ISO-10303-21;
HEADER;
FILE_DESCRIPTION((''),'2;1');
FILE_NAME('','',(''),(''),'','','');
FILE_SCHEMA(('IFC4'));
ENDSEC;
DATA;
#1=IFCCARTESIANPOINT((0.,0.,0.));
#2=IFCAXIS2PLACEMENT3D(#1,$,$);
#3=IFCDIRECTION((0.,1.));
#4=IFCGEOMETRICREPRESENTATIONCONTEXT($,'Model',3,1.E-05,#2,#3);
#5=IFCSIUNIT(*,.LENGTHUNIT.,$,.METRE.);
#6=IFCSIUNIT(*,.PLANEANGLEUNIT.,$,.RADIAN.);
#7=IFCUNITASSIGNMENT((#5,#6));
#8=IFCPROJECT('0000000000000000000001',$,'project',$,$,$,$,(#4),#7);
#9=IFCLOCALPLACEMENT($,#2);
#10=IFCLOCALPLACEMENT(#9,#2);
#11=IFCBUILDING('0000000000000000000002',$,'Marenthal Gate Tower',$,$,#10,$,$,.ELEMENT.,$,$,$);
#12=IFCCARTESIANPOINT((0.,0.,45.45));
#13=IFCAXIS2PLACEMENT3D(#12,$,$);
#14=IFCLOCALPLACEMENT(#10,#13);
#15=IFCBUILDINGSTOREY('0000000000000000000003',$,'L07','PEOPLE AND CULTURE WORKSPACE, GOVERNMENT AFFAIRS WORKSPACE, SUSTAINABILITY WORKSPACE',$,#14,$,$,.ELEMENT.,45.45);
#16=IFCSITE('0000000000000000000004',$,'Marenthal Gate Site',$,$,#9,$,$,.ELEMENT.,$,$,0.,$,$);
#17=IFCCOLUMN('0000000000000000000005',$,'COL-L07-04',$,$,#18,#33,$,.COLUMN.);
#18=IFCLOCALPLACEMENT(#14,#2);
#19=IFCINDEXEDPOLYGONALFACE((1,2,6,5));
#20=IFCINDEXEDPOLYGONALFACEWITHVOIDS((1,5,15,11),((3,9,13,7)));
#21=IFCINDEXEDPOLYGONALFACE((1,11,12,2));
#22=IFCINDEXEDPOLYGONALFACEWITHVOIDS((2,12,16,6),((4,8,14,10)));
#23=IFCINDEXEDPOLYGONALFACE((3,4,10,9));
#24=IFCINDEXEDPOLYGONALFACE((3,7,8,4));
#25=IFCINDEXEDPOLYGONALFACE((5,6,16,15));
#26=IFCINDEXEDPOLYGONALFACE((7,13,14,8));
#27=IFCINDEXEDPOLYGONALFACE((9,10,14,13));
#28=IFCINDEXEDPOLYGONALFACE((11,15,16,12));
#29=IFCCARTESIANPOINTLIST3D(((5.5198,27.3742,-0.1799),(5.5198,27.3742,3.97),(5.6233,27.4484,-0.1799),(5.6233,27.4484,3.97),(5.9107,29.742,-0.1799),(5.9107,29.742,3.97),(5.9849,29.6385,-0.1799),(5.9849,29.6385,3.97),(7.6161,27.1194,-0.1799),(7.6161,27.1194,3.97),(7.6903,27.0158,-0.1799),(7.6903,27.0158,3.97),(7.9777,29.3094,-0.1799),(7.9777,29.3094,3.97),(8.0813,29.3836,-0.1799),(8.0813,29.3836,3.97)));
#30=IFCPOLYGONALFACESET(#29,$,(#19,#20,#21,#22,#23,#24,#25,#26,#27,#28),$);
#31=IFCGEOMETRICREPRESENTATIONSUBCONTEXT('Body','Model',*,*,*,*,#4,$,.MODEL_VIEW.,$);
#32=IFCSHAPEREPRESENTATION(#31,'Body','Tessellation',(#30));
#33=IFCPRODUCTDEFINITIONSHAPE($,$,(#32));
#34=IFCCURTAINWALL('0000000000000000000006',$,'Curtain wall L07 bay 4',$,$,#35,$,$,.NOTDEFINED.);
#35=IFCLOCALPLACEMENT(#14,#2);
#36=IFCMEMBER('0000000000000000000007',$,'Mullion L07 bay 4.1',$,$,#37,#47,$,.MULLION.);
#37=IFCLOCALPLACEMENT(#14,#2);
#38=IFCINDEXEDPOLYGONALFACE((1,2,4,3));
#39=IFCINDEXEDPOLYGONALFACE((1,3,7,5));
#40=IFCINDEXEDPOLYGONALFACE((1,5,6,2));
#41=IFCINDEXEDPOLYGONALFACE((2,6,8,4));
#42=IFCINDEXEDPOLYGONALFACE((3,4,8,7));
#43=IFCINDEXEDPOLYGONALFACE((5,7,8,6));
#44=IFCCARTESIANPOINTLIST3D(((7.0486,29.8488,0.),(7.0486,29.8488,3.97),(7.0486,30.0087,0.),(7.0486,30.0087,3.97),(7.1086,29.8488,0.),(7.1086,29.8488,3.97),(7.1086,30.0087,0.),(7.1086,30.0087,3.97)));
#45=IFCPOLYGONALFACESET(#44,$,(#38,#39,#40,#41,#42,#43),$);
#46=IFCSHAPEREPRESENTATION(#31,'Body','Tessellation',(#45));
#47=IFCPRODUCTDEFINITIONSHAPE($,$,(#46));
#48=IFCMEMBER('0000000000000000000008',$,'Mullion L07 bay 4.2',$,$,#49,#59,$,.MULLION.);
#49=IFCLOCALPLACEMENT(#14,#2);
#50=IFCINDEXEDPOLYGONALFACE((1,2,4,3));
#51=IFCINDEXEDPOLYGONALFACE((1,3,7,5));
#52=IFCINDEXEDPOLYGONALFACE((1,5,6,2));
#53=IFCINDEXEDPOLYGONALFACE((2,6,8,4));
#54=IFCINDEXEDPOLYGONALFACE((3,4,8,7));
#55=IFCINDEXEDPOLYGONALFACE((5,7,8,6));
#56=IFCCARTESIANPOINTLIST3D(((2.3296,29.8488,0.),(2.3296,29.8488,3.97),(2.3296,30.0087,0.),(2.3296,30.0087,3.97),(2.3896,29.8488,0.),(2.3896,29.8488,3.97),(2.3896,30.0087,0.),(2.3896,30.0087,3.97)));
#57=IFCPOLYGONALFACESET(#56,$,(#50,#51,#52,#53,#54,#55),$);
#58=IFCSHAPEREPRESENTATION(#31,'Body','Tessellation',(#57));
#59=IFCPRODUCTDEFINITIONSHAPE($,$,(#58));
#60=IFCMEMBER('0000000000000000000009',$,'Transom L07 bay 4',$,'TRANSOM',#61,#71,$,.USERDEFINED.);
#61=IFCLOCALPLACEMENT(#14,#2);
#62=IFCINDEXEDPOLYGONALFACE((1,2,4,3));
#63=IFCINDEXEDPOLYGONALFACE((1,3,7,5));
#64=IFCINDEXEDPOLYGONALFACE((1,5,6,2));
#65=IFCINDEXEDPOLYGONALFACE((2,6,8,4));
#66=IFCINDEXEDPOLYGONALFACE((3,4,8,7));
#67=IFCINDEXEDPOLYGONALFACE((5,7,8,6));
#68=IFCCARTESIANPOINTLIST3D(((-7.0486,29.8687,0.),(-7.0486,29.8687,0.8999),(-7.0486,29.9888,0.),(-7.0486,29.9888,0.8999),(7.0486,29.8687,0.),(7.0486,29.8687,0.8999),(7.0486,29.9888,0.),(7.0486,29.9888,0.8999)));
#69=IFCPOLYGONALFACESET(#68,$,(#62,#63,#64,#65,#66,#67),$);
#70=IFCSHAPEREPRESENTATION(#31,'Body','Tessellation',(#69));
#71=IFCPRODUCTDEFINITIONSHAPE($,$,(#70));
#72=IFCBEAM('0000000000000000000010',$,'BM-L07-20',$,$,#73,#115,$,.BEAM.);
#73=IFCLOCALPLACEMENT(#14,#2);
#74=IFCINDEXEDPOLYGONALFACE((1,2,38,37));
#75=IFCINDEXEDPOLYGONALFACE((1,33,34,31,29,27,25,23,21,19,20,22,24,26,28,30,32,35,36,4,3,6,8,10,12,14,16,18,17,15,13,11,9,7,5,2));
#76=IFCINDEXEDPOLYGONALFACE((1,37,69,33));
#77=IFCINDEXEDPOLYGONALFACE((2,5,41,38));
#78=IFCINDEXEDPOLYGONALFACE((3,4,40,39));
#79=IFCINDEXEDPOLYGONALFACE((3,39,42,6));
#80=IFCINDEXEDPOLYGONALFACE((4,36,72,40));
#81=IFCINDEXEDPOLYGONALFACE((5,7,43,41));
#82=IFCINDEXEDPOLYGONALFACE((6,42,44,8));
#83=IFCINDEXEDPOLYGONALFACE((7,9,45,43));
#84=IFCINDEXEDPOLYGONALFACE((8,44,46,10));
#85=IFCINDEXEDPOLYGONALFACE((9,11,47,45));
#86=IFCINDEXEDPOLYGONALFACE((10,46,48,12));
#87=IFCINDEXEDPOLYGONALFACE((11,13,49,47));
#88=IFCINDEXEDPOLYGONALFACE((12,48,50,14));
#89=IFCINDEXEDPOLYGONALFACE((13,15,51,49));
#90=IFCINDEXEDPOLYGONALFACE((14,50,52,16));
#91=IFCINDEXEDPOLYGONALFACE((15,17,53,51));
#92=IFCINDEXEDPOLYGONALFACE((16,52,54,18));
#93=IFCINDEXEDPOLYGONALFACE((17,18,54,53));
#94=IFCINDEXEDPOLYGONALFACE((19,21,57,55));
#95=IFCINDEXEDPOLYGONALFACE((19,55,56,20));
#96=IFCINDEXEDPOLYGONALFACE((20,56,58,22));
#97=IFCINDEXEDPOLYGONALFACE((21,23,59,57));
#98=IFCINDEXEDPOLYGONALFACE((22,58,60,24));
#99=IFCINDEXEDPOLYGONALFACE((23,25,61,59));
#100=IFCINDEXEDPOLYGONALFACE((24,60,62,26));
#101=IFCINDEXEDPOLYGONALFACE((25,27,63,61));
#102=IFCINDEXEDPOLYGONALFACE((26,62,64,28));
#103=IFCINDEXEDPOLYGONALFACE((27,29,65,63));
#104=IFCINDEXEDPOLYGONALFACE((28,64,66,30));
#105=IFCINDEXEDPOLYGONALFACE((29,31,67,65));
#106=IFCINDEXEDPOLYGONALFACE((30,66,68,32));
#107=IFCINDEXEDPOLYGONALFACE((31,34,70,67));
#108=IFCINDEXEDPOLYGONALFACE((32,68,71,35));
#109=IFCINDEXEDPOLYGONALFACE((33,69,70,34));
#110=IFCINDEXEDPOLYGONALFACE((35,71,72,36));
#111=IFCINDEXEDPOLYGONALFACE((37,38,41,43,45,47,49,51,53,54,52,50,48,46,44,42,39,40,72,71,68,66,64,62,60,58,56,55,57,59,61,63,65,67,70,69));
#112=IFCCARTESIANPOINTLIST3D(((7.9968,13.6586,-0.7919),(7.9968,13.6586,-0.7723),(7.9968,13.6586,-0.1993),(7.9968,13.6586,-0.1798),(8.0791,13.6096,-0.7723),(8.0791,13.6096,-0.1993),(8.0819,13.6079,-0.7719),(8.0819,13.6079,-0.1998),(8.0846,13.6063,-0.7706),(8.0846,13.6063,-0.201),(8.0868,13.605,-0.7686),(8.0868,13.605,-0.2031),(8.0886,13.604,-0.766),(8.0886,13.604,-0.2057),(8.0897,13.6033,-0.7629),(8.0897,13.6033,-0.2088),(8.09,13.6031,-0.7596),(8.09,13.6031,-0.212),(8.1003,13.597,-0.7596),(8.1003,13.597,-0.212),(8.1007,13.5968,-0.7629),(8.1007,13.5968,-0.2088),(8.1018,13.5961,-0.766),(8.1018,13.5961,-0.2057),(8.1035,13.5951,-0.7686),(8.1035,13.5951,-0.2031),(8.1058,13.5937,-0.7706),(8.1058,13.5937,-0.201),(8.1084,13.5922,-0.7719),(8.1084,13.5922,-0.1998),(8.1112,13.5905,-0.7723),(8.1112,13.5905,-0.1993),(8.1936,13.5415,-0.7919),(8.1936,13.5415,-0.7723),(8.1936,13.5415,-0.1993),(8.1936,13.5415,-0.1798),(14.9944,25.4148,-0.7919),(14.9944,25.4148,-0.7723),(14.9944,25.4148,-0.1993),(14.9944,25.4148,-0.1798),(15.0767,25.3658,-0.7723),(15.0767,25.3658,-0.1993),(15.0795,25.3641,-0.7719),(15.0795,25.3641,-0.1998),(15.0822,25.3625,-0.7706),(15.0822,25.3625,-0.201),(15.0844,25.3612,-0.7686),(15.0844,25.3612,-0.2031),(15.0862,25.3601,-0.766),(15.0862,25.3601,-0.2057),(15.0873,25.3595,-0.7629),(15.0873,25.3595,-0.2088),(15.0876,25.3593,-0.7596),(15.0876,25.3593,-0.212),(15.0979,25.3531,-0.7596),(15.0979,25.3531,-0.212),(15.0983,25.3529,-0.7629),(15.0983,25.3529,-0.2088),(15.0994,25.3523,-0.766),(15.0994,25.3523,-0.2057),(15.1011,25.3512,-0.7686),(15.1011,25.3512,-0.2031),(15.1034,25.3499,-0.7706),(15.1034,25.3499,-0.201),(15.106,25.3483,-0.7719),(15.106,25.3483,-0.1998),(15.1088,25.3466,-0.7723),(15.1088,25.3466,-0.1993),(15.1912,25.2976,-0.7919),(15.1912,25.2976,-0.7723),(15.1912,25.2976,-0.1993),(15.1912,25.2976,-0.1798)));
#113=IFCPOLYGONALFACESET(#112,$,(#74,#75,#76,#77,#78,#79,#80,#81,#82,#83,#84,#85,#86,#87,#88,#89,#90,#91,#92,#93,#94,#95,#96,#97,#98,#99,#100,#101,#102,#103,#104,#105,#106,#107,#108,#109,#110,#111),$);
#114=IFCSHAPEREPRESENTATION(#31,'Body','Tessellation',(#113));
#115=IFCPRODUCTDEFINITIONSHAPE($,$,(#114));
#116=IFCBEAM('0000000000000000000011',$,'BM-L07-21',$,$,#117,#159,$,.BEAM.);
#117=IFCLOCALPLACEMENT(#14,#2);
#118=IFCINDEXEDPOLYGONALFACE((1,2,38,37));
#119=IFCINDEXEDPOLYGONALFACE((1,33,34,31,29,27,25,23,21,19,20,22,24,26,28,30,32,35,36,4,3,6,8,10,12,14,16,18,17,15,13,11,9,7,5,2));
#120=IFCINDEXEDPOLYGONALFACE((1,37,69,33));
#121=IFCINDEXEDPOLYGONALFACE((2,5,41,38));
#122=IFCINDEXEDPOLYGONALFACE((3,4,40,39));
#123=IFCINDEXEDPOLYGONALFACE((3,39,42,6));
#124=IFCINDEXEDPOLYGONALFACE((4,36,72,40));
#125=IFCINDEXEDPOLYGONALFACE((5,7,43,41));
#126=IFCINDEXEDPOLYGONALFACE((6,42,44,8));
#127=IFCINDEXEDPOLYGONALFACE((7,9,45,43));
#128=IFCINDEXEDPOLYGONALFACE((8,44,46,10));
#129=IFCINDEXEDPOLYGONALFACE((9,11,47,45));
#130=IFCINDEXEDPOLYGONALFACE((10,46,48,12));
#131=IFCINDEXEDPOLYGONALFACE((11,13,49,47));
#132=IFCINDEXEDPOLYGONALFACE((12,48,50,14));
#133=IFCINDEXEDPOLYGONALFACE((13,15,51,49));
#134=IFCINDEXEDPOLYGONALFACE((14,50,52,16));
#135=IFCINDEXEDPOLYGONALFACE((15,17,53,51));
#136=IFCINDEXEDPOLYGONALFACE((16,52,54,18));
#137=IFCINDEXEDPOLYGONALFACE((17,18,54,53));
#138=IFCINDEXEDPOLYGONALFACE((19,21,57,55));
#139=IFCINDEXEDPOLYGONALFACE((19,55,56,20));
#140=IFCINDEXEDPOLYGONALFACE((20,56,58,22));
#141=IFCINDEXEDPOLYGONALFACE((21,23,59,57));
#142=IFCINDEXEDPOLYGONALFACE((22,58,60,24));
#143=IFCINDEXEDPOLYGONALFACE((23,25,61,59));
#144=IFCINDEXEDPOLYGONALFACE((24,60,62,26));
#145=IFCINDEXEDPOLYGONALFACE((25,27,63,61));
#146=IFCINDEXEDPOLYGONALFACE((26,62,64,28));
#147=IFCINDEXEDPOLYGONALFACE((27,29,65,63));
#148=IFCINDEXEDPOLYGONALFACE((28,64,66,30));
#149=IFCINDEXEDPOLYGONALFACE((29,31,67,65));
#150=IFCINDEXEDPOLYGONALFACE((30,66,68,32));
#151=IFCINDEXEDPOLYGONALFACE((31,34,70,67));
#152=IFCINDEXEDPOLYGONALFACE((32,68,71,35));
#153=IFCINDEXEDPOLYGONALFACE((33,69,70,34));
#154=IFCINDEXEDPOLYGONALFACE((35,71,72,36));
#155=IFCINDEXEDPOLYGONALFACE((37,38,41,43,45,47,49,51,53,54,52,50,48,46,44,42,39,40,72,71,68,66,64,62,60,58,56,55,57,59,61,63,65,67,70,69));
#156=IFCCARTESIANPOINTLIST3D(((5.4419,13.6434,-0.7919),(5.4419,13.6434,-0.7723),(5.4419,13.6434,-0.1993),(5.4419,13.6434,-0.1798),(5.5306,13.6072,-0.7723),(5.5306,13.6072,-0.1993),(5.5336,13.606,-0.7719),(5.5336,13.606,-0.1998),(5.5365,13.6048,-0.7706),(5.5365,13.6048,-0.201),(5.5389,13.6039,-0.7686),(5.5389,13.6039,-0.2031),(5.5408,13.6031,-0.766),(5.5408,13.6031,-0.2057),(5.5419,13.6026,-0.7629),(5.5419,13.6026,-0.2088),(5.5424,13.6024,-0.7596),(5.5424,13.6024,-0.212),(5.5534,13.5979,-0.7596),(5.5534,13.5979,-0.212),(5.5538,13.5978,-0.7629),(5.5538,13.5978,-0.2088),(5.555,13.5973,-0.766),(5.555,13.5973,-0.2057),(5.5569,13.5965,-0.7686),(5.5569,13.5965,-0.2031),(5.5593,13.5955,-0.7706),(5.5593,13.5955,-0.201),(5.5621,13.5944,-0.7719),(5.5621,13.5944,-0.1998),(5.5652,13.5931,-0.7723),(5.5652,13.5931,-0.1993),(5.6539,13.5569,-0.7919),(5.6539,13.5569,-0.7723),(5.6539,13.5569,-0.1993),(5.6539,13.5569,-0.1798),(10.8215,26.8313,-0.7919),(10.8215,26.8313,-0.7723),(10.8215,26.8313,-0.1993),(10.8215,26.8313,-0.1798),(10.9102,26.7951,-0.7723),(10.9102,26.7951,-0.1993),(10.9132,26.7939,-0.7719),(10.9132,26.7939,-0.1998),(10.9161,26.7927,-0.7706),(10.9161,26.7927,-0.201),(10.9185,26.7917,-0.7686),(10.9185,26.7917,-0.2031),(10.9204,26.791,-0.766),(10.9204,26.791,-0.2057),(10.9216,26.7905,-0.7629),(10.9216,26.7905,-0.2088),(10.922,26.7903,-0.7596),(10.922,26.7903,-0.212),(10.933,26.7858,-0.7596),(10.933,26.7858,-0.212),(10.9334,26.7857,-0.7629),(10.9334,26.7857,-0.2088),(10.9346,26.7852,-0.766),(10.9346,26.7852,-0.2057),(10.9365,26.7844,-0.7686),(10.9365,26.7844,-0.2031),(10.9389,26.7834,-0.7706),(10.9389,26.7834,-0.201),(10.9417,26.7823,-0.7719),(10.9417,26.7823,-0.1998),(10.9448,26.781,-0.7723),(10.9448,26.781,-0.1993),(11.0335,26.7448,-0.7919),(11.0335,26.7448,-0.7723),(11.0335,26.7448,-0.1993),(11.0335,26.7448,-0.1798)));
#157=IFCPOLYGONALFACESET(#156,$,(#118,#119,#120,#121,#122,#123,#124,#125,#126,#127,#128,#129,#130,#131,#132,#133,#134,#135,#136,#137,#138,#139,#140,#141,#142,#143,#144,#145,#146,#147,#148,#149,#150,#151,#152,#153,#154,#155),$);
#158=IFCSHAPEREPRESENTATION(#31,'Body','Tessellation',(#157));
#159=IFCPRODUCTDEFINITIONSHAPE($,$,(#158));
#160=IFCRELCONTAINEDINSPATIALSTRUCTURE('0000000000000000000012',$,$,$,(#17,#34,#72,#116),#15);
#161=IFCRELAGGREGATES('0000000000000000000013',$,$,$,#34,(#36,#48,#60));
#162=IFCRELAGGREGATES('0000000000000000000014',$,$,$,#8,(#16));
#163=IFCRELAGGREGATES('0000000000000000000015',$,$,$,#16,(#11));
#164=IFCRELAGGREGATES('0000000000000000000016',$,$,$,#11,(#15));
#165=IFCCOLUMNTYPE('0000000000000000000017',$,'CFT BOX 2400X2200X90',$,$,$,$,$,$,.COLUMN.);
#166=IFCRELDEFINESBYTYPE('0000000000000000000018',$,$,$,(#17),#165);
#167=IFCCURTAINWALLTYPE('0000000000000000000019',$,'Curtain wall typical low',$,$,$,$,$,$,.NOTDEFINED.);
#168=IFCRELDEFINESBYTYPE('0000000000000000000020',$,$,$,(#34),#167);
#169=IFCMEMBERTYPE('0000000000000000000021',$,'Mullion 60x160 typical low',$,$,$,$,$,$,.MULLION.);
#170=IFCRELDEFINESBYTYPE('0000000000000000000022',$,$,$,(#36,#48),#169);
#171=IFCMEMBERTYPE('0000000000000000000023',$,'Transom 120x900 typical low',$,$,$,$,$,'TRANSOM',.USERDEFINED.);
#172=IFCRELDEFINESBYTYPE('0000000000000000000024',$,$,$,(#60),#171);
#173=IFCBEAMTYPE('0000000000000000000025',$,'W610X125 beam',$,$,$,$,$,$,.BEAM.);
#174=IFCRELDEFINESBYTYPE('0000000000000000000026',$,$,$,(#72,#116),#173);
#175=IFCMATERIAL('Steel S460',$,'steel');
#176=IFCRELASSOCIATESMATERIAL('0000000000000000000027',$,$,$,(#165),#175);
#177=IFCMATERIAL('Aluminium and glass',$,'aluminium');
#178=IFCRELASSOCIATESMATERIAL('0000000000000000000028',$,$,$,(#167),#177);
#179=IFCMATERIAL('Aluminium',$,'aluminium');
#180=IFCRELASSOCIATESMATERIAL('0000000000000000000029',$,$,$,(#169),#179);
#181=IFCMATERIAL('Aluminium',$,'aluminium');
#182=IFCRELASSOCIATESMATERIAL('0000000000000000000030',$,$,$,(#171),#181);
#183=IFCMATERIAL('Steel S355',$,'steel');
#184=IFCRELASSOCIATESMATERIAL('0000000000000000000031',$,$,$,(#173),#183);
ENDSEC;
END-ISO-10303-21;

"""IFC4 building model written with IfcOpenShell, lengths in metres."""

from ifc_helpers import new_model, si_unit, direction, frame, origin, origin_2d, place, context, subcontext, project, spatial, rectangle, hollow_rectangle, i_section, extrude, material, material_profile, profile_set, type_object, element, aggregate, save


model = new_model("IFC4")

# Units and contexts
model_context = context("Model", 3, precision=1e-05, world=origin(), true_north=direction((0.0, 1.0)))
body_context = subcontext(model_context, "Body", "Model", "MODEL_VIEW")
ifc_project = project(units=[si_unit("LENGTHUNIT", "METRE"), si_unit("PLANEANGLEUNIT", "RADIAN")], contexts=[model_context])

# Site, building, storey
site_placement = place(None, origin())
site = spatial("IfcSite", under=ifc_project, at=site_placement, Name="Marenthal Gate Site", CompositionType="ELEMENT", RefElevation=0.0)
building_placement = place(site_placement, origin())
building = spatial("IfcBuilding", under=site, at=building_placement, Name="Marenthal Gate Tower", CompositionType="ELEMENT")
storey_placement = place(building_placement, frame((0.0, 0.0, 45.45)))
storey = spatial("IfcBuildingStorey", under=building, at=storey_placement, Name="L07", Description="PEOPLE AND CULTURE WORKSPACE, GOVERNMENT AFFAIRS WORKSPACE, SUSTAINABILITY WORKSPACE", CompositionType="ELEMENT", Elevation=45.45)

# Column
ifc_material_1 = material(Name="Steel S460", Category="steel")
ifc_material_profile_1 = material_profile(ifc_material_1, hollow_rectangle(XDim=2.2, YDim=2.3999, WallThickness=0.0901, at=origin_2d()), Name="CFT BOX 2400X2200X90")
ifc_material_2 = material(Name="Concrete 70 MPa", Category="concrete")
ifc_material_profile_2 = material_profile(ifc_material_2, rectangle(XDim=2.02, YDim=2.22, at=origin_2d()), Name="CFT BOX 2400X2200X90 INFILL")
ifc_profile_set_1 = profile_set([ifc_material_profile_1, ifc_material_profile_2], Name="Steel S460 shell, Concrete 70 MPa infill")
column_type = type_object("IfcColumnType", Name="CFT BOX 2400X2200X90", PredefinedType="COLUMN", material=ifc_profile_set_1)
column_placement = place(storey_placement, frame((6.8005, 28.3789, -0.1799), z_axis=(0.0, 0.0, 1.0), x_axis=(0.986641, -0.162908, 0.0)))
element("IfcColumn", 1, at=column_placement, inside=storey, type_object=column_type, Name="COL-L07-04", PredefinedType="COLUMN", context=body_context, shape_type="SweptSolid", body=[
    extrude(hollow_rectangle(XDim=2.2, YDim=2.3999, WallThickness=0.0901, at=origin_2d()), origin(), (0.0, 0.0, 1.0), 4.1499),
])

# Curtain wall, members
ifc_material_3 = material(Name="Aluminium and glass", Category="aluminium")
curtain_wall_type = type_object("IfcCurtainWallType", Name="Curtain wall typical low", PredefinedType="NOTDEFINED", material=ifc_material_3)
curtain_wall_placement = place(storey_placement, origin())
curtain_wall = element("IfcCurtainWall", 2, at=curtain_wall_placement, inside=storey, type_object=curtain_wall_type, Name="Curtain wall L07 bay 4", PredefinedType="NOTDEFINED")
ifc_material_4 = material(Name="Aluminium", Category="aluminium")
ifc_material_profile_3 = material_profile(ifc_material_4, rectangle(XDim=0.1599, YDim=0.0601, at=origin_2d()), Name="60x160 aluminium mullion")
ifc_profile_set_2 = profile_set([ifc_material_profile_3], Name="Aluminium")
member_type_1 = type_object("IfcMemberType", Name="Mullion 60x160 typical low", PredefinedType="MULLION", material=ifc_profile_set_2)
member_1_placement = place(storey_placement, frame((7.0786, 29.9287, 0.0), z_axis=(0.0, 0.0, 1.0), x_axis=(0.0, -1.0, 0.0)))
member_1 = element("IfcMember", 3, at=member_1_placement, type_object=member_type_1, Name="Mullion L07 bay 4.1", PredefinedType="MULLION", context=body_context, shape_type="SweptSolid", body=[
    extrude(rectangle(XDim=0.1599, YDim=0.0601, at=origin_2d()), origin(), (0.0, 0.0, 1.0), 3.97),
])
member_2_placement = place(storey_placement, frame((2.3596, 29.9287, 0.0), z_axis=(0.0, 0.0, 1.0), x_axis=(0.0, -1.0, 0.0)))
member_2 = element("IfcMember", 4, at=member_2_placement, type_object=member_type_1, Name="Mullion L07 bay 4.2", PredefinedType="MULLION", context=body_context, shape_type="SweptSolid", body=[
    extrude(rectangle(XDim=0.1599, YDim=0.0601, at=origin_2d()), origin(), (0.0, 0.0, 1.0), 3.97),
])
ifc_material_5 = material(Name="Aluminium", Category="aluminium")
ifc_material_profile_4 = material_profile(ifc_material_5, rectangle(XDim=0.1201, YDim=0.8999, at=origin_2d()), Name="120x900 aluminium transom")
ifc_profile_set_3 = profile_set([ifc_material_profile_4], Name="Aluminium")
member_type_2 = type_object("IfcMemberType", Name="Transom 120x900 typical low", ElementType="TRANSOM", PredefinedType="USERDEFINED", material=ifc_profile_set_3)
member_3_placement = place(storey_placement, frame((7.0486, 29.9287, 0.45), z_axis=(-1.0, 0.0, 0.0), x_axis=(0.0, -1.0, 0.0)))
member_3 = element("IfcMember", 5, at=member_3_placement, type_object=member_type_2, Name="Transom L07 bay 4", ObjectType="TRANSOM", PredefinedType="USERDEFINED", context=body_context, shape_type="SweptSolid", body=[
    extrude(rectangle(XDim=0.1201, YDim=0.8999, at=origin_2d()), origin(), (0.0, 0.0, 1.0), 14.0972),
])

# Beams
ifc_material_6 = material(Name="Steel S355", Category="steel")
ifc_material_profile_5 = material_profile(ifc_material_6, i_section(OverallWidth=0.229, OverallDepth=0.6121, WebThickness=0.012, FlangeThickness=0.0195, FilletRadius=0.0127, at=origin_2d()), Name="W610X125")
ifc_profile_set_4 = profile_set([ifc_material_profile_5], Name="Steel S355")
beam_type_1 = type_object("IfcBeamType", Name="W610X125 beam", PredefinedType="BEAM", material=ifc_profile_set_4)
beam_1_placement = place(storey_placement, frame((15.0928, 25.3562, -0.4858), z_axis=(-0.511477, -0.859297, 0.0), x_axis=(0.859297, -0.511477, 0.0)))
element("IfcBeam", 6, at=beam_1_placement, inside=storey, type_object=beam_type_1, Name="BM-L07-20", PredefinedType="BEAM", context=body_context, shape_type="SweptSolid", body=[
    extrude(i_section(OverallWidth=0.229, OverallDepth=0.6121, WebThickness=0.012, FlangeThickness=0.0195, FilletRadius=0.0127, at=origin_2d()), origin(), (0.0, 0.0, 1.0), 13.6812),
])
beam_2_placement = place(storey_placement, frame((10.9275, 26.7881, -0.4858), z_axis=(-0.377704, -0.925927, 0.0), x_axis=(0.925927, -0.377704, 0.0)))
element("IfcBeam", 7, at=beam_2_placement, inside=storey, type_object=beam_type_1, Name="BM-L07-21", PredefinedType="BEAM", context=body_context, shape_type="SweptSolid", body=[
    extrude(i_section(OverallWidth=0.229, OverallDepth=0.6121, WebThickness=0.012, FlangeThickness=0.0195, FilletRadius=0.0127, at=origin_2d()), origin(), (0.0, 0.0, 1.0), 14.2429),
])

aggregate(curtain_wall, [member_1, member_2, member_3])

save(model, "model.ifc")
